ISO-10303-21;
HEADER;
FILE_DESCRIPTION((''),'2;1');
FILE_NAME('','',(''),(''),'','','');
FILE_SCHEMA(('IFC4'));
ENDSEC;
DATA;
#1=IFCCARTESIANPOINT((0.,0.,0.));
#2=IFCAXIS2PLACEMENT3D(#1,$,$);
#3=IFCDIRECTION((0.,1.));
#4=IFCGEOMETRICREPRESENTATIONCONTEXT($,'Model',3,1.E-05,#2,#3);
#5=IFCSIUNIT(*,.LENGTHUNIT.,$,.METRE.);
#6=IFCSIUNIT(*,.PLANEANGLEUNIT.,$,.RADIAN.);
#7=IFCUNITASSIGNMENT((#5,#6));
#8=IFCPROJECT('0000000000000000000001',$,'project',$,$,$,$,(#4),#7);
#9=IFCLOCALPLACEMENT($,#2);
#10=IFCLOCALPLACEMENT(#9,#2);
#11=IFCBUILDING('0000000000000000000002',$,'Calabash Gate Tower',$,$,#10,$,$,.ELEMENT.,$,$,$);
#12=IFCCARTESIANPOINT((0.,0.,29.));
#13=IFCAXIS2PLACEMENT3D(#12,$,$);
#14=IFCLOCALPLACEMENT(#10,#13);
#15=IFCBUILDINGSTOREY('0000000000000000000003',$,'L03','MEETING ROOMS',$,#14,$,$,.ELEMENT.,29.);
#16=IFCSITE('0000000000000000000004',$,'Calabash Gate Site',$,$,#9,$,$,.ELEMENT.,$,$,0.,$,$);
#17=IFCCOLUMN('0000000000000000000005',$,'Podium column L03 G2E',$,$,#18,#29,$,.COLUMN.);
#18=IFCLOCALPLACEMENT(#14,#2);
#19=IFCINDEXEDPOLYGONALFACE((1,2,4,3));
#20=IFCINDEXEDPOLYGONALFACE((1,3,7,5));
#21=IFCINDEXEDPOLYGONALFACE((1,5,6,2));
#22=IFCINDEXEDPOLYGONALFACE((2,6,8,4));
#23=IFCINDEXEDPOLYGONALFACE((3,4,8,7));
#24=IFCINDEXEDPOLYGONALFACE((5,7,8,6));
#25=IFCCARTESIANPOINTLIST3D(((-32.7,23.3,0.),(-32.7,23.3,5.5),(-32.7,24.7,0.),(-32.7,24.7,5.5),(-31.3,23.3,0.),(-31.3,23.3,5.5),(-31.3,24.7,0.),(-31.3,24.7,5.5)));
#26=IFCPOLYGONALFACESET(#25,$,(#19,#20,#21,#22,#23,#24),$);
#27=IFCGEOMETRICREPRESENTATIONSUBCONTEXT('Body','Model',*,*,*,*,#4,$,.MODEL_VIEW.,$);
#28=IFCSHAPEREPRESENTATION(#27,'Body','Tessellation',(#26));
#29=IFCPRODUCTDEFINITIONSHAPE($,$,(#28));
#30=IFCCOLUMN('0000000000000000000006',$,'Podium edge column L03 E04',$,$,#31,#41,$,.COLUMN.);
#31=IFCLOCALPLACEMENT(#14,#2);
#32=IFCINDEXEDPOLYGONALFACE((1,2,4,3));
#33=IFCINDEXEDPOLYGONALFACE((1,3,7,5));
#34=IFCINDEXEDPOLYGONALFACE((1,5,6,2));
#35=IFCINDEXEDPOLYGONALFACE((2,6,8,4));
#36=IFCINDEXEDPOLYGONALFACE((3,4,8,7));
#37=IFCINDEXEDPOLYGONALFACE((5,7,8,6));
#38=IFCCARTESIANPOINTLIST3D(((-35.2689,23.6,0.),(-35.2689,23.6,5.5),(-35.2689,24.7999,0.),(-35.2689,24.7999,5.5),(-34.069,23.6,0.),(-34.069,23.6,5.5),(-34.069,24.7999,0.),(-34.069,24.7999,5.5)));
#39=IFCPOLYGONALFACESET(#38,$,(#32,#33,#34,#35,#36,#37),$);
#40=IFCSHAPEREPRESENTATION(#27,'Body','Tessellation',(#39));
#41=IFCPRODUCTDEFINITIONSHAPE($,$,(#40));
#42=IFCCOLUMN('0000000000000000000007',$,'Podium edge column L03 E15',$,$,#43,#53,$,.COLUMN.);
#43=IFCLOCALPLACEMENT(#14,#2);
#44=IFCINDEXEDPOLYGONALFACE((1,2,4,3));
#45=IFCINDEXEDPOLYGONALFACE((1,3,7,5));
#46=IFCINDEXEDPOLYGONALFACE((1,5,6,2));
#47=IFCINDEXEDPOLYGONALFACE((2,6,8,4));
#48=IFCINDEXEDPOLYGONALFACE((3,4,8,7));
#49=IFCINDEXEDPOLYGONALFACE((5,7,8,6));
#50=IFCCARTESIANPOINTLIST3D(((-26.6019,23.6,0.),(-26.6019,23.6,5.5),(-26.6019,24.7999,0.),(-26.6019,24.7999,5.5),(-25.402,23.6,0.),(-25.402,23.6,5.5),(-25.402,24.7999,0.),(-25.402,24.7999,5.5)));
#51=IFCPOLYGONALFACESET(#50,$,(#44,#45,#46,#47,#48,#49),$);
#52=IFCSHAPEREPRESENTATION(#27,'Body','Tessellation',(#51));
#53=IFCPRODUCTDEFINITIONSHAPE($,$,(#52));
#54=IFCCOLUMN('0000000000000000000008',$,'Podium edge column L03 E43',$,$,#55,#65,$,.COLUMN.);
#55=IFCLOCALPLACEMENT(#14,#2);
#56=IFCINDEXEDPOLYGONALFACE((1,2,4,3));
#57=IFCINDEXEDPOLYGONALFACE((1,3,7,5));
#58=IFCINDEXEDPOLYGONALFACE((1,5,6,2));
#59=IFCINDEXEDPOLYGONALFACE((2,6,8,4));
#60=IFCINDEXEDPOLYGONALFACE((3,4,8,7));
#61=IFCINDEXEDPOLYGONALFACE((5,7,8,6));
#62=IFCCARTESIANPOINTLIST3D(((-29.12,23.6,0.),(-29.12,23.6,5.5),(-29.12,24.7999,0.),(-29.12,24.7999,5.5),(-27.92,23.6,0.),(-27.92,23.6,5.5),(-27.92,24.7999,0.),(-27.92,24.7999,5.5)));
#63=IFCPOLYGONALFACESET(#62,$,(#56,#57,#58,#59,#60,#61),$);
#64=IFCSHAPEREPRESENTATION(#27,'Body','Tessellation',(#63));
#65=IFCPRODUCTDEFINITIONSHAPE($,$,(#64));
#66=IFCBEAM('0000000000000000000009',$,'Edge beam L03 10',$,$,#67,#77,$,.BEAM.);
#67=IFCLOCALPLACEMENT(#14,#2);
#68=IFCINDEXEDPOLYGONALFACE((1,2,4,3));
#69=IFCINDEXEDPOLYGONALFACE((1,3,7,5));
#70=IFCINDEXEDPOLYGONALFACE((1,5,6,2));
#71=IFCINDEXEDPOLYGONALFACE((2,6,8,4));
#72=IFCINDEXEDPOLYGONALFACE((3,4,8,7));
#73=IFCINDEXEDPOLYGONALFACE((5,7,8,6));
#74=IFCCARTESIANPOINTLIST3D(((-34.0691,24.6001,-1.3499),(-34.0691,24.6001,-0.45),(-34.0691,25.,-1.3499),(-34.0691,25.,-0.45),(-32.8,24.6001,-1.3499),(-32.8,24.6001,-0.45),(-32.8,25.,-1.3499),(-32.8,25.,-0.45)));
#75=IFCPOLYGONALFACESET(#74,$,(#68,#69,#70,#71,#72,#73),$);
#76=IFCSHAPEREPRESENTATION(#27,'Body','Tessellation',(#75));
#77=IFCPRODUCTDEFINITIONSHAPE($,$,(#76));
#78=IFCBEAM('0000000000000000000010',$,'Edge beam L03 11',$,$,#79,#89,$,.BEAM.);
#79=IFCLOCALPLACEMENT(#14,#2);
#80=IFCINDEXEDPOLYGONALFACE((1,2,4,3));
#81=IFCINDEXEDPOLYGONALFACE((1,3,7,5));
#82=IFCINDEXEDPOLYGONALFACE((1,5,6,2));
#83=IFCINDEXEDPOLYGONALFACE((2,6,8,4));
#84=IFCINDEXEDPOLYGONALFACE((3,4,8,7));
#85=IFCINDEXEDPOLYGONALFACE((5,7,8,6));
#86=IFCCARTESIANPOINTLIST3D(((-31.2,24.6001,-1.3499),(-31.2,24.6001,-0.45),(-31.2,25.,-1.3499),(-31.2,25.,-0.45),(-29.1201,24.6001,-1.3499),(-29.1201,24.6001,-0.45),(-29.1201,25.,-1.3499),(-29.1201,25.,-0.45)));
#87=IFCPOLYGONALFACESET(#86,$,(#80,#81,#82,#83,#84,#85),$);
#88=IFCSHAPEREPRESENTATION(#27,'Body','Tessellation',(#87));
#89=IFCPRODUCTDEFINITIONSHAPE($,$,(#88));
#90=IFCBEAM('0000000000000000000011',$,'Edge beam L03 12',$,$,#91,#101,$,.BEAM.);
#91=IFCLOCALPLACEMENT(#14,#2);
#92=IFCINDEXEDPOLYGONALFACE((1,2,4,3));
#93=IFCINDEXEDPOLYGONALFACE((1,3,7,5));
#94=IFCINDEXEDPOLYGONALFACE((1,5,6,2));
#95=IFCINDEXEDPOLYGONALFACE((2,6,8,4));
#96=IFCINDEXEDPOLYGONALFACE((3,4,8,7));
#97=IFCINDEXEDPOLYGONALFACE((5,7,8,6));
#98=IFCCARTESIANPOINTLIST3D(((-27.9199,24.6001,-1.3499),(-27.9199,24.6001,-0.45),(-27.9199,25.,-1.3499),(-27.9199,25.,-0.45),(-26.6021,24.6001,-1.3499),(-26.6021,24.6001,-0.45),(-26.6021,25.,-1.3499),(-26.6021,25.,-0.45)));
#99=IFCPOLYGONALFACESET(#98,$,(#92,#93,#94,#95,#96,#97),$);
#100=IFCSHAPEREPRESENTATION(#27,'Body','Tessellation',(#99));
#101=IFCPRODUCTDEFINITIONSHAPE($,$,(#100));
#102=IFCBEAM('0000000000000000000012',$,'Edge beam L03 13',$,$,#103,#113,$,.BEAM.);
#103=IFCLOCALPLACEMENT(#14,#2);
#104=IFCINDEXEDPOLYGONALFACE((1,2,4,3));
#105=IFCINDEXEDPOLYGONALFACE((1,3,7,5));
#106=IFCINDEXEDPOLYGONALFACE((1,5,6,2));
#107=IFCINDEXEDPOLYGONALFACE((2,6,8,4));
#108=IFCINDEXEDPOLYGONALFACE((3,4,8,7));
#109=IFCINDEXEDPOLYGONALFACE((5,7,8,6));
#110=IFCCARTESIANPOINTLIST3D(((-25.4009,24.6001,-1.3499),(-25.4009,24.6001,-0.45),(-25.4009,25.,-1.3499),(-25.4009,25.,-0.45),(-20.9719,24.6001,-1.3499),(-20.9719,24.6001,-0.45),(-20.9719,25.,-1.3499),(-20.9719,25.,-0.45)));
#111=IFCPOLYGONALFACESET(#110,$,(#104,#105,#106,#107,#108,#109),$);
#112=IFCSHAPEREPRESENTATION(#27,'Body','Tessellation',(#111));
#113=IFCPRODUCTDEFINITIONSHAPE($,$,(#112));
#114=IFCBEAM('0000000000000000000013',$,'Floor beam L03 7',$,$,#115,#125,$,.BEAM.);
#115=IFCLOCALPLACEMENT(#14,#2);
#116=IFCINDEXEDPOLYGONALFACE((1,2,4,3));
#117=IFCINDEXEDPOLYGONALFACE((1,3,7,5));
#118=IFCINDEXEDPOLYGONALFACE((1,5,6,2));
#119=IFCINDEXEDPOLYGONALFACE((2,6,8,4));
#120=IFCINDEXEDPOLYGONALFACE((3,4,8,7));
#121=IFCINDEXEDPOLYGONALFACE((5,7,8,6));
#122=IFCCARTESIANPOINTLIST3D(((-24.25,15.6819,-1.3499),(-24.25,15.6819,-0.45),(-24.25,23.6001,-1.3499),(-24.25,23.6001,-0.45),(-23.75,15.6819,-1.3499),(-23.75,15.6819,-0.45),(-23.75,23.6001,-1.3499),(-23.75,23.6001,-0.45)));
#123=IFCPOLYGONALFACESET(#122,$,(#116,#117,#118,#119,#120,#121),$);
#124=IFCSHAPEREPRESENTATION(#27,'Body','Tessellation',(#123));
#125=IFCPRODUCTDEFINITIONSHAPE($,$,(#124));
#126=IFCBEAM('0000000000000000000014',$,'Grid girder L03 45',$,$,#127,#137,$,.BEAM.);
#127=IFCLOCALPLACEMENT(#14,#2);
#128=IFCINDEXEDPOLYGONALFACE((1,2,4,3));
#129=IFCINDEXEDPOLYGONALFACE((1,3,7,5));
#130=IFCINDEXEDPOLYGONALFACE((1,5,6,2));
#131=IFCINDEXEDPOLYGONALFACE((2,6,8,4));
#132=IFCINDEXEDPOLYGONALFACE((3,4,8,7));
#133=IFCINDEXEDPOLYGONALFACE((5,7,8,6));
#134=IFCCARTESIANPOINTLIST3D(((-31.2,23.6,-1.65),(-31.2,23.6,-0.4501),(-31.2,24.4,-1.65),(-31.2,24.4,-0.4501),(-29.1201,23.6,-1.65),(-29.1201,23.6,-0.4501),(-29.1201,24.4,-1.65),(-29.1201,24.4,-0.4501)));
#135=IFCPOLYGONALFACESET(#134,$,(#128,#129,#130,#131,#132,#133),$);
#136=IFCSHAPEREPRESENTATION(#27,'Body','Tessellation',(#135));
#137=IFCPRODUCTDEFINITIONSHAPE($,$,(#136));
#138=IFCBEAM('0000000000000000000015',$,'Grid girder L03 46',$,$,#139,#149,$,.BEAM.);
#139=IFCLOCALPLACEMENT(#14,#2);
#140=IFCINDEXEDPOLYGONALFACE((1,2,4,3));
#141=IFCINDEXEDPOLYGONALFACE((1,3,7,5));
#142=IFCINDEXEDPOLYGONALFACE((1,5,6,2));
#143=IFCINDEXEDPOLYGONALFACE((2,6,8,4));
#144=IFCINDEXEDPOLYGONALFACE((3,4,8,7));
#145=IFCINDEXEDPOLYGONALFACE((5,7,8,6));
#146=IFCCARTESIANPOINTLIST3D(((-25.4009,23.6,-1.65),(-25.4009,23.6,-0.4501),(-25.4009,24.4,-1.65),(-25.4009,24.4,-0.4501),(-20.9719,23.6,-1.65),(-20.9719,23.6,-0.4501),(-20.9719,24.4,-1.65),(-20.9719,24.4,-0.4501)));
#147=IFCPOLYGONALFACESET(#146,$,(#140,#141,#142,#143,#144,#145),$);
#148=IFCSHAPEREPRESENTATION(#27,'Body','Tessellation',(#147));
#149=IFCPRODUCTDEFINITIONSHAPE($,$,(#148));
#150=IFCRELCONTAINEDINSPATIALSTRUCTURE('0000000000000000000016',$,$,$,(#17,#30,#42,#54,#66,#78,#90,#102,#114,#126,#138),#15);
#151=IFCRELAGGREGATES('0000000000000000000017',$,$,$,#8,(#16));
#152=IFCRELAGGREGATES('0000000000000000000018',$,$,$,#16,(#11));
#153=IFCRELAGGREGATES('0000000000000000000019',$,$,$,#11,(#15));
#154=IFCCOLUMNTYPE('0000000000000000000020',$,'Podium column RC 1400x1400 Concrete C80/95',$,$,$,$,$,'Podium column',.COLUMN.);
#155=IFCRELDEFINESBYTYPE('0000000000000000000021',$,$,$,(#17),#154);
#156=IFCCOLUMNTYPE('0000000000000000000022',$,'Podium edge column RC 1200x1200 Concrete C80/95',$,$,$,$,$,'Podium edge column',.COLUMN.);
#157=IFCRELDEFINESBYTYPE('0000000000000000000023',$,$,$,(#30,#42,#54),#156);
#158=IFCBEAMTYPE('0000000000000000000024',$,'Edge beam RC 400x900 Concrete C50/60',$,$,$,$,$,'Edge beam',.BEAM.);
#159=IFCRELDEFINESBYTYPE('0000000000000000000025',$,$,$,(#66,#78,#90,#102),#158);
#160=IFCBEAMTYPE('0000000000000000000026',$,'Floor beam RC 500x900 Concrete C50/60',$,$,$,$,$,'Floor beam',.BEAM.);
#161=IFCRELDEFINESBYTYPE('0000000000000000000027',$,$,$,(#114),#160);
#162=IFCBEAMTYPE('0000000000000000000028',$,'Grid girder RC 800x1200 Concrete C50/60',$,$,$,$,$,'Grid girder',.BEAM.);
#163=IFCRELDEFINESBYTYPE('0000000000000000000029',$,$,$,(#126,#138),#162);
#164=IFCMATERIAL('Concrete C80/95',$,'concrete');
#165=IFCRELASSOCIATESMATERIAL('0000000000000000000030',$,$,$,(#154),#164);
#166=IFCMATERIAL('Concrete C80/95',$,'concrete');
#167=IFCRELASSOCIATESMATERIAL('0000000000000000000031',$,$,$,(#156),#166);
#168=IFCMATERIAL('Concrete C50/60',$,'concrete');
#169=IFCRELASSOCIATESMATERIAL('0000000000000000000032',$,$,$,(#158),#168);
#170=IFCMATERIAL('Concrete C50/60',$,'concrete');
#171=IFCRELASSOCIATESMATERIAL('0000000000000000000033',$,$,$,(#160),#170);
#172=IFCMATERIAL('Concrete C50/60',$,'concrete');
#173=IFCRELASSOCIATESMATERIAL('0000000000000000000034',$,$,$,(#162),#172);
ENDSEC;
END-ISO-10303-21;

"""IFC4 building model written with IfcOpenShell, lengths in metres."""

from ifc_helpers import new_model, si_unit, direction, frame, origin, origin_2d, place, context, subcontext, project, spatial, rectangle, extrude, material, material_profile, profile_set, type_object, element, save


model = new_model("IFC4")

# Units and contexts
model_context = context("Model", 3, precision=1e-05, world=origin(), true_north=direction((0.0, 1.0)))
body_context = subcontext(model_context, "Body", "Model", "MODEL_VIEW")
ifc_project = project(units=[si_unit("LENGTHUNIT", "METRE"), si_unit("PLANEANGLEUNIT", "RADIAN")], contexts=[model_context])

# Site, building, storey
site_placement = place(None, origin())
site = spatial("IfcSite", under=ifc_project, at=site_placement, Name="Calabash Gate Site", CompositionType="ELEMENT", RefElevation=0.0)
building_placement = place(site_placement, origin())
building = spatial("IfcBuilding", under=site, at=building_placement, Name="Calabash Gate Tower", CompositionType="ELEMENT")
storey_placement = place(building_placement, frame((0.0, 0.0, 29.0)))
storey = spatial("IfcBuildingStorey", under=building, at=storey_placement, Name="L03", Description="MEETING ROOMS", CompositionType="ELEMENT", Elevation=29.0)

# Columns
ifc_material_1 = material(Name="Concrete C80/95", Category="concrete")
ifc_material_profile_1 = material_profile(ifc_material_1, rectangle(XDim=1.3999, YDim=1.3999, at=origin_2d()))
ifc_profile_set_1 = profile_set([ifc_material_profile_1], Name="Concrete C80/95")
column_type_1 = type_object("IfcColumnType", Name="Podium column RC 1400x1400 Concrete C80/95", ElementType="Podium column", PredefinedType="COLUMN", material=ifc_profile_set_1)
column_placement = place(storey_placement, frame((-32.0, 24.0, 0.0), z_axis=(0.0, 0.0, 1.0), x_axis=(1.0, 0.0, 0.0)))
element("IfcColumn", 1, at=column_placement, inside=storey, type_object=column_type_1, Name="Podium column L03 G2E", PredefinedType="COLUMN", context=body_context, shape_type="SweptSolid", body=[
    extrude(rectangle(XDim=1.3999, YDim=1.3999, at=origin_2d()), origin(), (0.0, 0.0, 1.0), 5.5),
])
ifc_material_2 = material(Name="Concrete C80/95", Category="concrete")
ifc_material_profile_2 = material_profile(ifc_material_2, rectangle(XDim=1.2, YDim=1.2, at=origin_2d()))
ifc_profile_set_2 = profile_set([ifc_material_profile_2], Name="Concrete C80/95")
column_type_2 = type_object("IfcColumnType", Name="Podium edge column RC 1200x1200 Concrete C80/95", ElementType="Podium edge column", PredefinedType="COLUMN", material=ifc_profile_set_2)
for number, where, z_axis, x_axis, name in (
    (2, (-34.6689, 24.2, 0.0), (0.0, 0.0, 1.0), (1.0, 0.0, 0.0), "Podium edge column L03 E04"),
    (3, (-26.002, 24.2, 0.0), (0.0, 0.0, 1.0), (1.0, 0.0, 0.0), "Podium edge column L03 E15"),
    (4, (-28.52, 24.2, 0.0), (0.0, 0.0, 1.0), (1.0, 0.0, 0.0), "Podium edge column L03 E43"),
):
    element("IfcColumn", number, at=place(storey_placement, frame(where, z_axis=z_axis, x_axis=x_axis)), inside=storey, type_object=column_type_2, Name=name, PredefinedType="COLUMN", context=body_context, shape_type="SweptSolid", body=[
        extrude(rectangle(XDim=1.2, YDim=1.2, at=origin_2d()), origin(), (0.0, 0.0, 1.0), 5.5),
    ])

# Beams
ifc_material_3 = material(Name="Concrete C50/60", Category="concrete")
ifc_material_profile_3 = material_profile(ifc_material_3, rectangle(XDim=0.3999, YDim=0.8999, at=origin_2d()))
ifc_profile_set_3 = profile_set([ifc_material_profile_3], Name="Concrete C50/60")
beam_type_1 = type_object("IfcBeamType", Name="Edge beam RC 400x900 Concrete C50/60", ElementType="Edge beam", PredefinedType="BEAM", material=ifc_profile_set_3)
beam_1_placement = place(storey_placement, frame((-34.0691, 24.8, -0.8999), z_axis=(1.0, 0.0, 0.0), x_axis=(0.0, 1.0, 0.0)))
element("IfcBeam", 5, at=beam_1_placement, inside=storey, type_object=beam_type_1, Name="Edge beam L03 10", PredefinedType="BEAM", context=body_context, shape_type="SweptSolid", body=[
    extrude(rectangle(XDim=0.3999, YDim=0.8999, at=origin_2d()), origin(), (0.0, 0.0, 1.0), 1.269),
])
beam_2_placement = place(storey_placement, frame((-31.2, 24.8, -0.8999), z_axis=(1.0, 0.0, 0.0), x_axis=(0.0, 1.0, 0.0)))
element("IfcBeam", 6, at=beam_2_placement, inside=storey, type_object=beam_type_1, Name="Edge beam L03 11", PredefinedType="BEAM", context=body_context, shape_type="SweptSolid", body=[
    extrude(rectangle(XDim=0.3999, YDim=0.8999, at=origin_2d()), origin(), (0.0, 0.0, 1.0), 2.0798),
])
beam_3_placement = place(storey_placement, frame((-27.9199, 24.8, -0.8999), z_axis=(1.0, 0.0, 0.0), x_axis=(0.0, 1.0, 0.0)))
element("IfcBeam", 7, at=beam_3_placement, inside=storey, type_object=beam_type_1, Name="Edge beam L03 12", PredefinedType="BEAM", context=body_context, shape_type="SweptSolid", body=[
    extrude(rectangle(XDim=0.3999, YDim=0.8999, at=origin_2d()), origin(), (0.0, 0.0, 1.0), 1.3179),
])
beam_4_placement = place(storey_placement, frame((-25.4009, 24.8, -0.8999), z_axis=(1.0, 0.0, 0.0), x_axis=(0.0, 1.0, 0.0)))
element("IfcBeam", 8, at=beam_4_placement, inside=storey, type_object=beam_type_1, Name="Edge beam L03 13", PredefinedType="BEAM", context=body_context, shape_type="SweptSolid", body=[
    extrude(rectangle(XDim=0.3999, YDim=0.8999, at=origin_2d()), origin(), (0.0, 0.0, 1.0), 4.429),
])
ifc_material_4 = material(Name="Concrete C50/60", Category="concrete")
ifc_material_profile_4 = material_profile(ifc_material_4, rectangle(XDim=0.5, YDim=0.8999, at=origin_2d()))
ifc_profile_set_4 = profile_set([ifc_material_profile_4], Name="Concrete C50/60")
beam_type_2 = type_object("IfcBeamType", Name="Floor beam RC 500x900 Concrete C50/60", ElementType="Floor beam", PredefinedType="BEAM", material=ifc_profile_set_4)
beam_5_placement = place(storey_placement, frame((-24.0, 15.6819, -0.8999), z_axis=(0.0, 1.0, 0.0), x_axis=(-1.0, 0.0, 0.0)))
element("IfcBeam", 9, at=beam_5_placement, inside=storey, type_object=beam_type_2, Name="Floor beam L03 7", PredefinedType="BEAM", context=body_context, shape_type="SweptSolid", body=[
    extrude(rectangle(XDim=0.5, YDim=0.8999, at=origin_2d()), origin(), (0.0, 0.0, 1.0), 7.9182),
])
ifc_material_5 = material(Name="Concrete C50/60", Category="concrete")
ifc_material_profile_5 = material_profile(ifc_material_5, rectangle(XDim=0.8, YDim=1.2, at=origin_2d()))
ifc_profile_set_5 = profile_set([ifc_material_profile_5], Name="Concrete C50/60")
beam_type_3 = type_object("IfcBeamType", Name="Grid girder RC 800x1200 Concrete C50/60", ElementType="Grid girder", PredefinedType="BEAM", material=ifc_profile_set_5)
beam_6_placement = place(storey_placement, frame((-31.2, 24.0, -1.05), z_axis=(1.0, 0.0, 0.0), x_axis=(0.0, 1.0, 0.0)))
element("IfcBeam", 10, at=beam_6_placement, inside=storey, type_object=beam_type_3, Name="Grid girder L03 45", PredefinedType="BEAM", context=body_context, shape_type="SweptSolid", body=[
    extrude(rectangle(XDim=0.8, YDim=1.2, at=origin_2d()), origin(), (0.0, 0.0, 1.0), 2.0798),
])
beam_7_placement = place(storey_placement, frame((-25.4009, 24.0, -1.05), z_axis=(1.0, 0.0, 0.0), x_axis=(0.0, 1.0, 0.0)))
element("IfcBeam", 11, at=beam_7_placement, inside=storey, type_object=beam_type_3, Name="Grid girder L03 46", PredefinedType="BEAM", context=body_context, shape_type="SweptSolid", body=[
    extrude(rectangle(XDim=0.8, YDim=1.2, at=origin_2d()), origin(), (0.0, 0.0, 1.0), 4.429),
])

save(model, "model.ifc")
